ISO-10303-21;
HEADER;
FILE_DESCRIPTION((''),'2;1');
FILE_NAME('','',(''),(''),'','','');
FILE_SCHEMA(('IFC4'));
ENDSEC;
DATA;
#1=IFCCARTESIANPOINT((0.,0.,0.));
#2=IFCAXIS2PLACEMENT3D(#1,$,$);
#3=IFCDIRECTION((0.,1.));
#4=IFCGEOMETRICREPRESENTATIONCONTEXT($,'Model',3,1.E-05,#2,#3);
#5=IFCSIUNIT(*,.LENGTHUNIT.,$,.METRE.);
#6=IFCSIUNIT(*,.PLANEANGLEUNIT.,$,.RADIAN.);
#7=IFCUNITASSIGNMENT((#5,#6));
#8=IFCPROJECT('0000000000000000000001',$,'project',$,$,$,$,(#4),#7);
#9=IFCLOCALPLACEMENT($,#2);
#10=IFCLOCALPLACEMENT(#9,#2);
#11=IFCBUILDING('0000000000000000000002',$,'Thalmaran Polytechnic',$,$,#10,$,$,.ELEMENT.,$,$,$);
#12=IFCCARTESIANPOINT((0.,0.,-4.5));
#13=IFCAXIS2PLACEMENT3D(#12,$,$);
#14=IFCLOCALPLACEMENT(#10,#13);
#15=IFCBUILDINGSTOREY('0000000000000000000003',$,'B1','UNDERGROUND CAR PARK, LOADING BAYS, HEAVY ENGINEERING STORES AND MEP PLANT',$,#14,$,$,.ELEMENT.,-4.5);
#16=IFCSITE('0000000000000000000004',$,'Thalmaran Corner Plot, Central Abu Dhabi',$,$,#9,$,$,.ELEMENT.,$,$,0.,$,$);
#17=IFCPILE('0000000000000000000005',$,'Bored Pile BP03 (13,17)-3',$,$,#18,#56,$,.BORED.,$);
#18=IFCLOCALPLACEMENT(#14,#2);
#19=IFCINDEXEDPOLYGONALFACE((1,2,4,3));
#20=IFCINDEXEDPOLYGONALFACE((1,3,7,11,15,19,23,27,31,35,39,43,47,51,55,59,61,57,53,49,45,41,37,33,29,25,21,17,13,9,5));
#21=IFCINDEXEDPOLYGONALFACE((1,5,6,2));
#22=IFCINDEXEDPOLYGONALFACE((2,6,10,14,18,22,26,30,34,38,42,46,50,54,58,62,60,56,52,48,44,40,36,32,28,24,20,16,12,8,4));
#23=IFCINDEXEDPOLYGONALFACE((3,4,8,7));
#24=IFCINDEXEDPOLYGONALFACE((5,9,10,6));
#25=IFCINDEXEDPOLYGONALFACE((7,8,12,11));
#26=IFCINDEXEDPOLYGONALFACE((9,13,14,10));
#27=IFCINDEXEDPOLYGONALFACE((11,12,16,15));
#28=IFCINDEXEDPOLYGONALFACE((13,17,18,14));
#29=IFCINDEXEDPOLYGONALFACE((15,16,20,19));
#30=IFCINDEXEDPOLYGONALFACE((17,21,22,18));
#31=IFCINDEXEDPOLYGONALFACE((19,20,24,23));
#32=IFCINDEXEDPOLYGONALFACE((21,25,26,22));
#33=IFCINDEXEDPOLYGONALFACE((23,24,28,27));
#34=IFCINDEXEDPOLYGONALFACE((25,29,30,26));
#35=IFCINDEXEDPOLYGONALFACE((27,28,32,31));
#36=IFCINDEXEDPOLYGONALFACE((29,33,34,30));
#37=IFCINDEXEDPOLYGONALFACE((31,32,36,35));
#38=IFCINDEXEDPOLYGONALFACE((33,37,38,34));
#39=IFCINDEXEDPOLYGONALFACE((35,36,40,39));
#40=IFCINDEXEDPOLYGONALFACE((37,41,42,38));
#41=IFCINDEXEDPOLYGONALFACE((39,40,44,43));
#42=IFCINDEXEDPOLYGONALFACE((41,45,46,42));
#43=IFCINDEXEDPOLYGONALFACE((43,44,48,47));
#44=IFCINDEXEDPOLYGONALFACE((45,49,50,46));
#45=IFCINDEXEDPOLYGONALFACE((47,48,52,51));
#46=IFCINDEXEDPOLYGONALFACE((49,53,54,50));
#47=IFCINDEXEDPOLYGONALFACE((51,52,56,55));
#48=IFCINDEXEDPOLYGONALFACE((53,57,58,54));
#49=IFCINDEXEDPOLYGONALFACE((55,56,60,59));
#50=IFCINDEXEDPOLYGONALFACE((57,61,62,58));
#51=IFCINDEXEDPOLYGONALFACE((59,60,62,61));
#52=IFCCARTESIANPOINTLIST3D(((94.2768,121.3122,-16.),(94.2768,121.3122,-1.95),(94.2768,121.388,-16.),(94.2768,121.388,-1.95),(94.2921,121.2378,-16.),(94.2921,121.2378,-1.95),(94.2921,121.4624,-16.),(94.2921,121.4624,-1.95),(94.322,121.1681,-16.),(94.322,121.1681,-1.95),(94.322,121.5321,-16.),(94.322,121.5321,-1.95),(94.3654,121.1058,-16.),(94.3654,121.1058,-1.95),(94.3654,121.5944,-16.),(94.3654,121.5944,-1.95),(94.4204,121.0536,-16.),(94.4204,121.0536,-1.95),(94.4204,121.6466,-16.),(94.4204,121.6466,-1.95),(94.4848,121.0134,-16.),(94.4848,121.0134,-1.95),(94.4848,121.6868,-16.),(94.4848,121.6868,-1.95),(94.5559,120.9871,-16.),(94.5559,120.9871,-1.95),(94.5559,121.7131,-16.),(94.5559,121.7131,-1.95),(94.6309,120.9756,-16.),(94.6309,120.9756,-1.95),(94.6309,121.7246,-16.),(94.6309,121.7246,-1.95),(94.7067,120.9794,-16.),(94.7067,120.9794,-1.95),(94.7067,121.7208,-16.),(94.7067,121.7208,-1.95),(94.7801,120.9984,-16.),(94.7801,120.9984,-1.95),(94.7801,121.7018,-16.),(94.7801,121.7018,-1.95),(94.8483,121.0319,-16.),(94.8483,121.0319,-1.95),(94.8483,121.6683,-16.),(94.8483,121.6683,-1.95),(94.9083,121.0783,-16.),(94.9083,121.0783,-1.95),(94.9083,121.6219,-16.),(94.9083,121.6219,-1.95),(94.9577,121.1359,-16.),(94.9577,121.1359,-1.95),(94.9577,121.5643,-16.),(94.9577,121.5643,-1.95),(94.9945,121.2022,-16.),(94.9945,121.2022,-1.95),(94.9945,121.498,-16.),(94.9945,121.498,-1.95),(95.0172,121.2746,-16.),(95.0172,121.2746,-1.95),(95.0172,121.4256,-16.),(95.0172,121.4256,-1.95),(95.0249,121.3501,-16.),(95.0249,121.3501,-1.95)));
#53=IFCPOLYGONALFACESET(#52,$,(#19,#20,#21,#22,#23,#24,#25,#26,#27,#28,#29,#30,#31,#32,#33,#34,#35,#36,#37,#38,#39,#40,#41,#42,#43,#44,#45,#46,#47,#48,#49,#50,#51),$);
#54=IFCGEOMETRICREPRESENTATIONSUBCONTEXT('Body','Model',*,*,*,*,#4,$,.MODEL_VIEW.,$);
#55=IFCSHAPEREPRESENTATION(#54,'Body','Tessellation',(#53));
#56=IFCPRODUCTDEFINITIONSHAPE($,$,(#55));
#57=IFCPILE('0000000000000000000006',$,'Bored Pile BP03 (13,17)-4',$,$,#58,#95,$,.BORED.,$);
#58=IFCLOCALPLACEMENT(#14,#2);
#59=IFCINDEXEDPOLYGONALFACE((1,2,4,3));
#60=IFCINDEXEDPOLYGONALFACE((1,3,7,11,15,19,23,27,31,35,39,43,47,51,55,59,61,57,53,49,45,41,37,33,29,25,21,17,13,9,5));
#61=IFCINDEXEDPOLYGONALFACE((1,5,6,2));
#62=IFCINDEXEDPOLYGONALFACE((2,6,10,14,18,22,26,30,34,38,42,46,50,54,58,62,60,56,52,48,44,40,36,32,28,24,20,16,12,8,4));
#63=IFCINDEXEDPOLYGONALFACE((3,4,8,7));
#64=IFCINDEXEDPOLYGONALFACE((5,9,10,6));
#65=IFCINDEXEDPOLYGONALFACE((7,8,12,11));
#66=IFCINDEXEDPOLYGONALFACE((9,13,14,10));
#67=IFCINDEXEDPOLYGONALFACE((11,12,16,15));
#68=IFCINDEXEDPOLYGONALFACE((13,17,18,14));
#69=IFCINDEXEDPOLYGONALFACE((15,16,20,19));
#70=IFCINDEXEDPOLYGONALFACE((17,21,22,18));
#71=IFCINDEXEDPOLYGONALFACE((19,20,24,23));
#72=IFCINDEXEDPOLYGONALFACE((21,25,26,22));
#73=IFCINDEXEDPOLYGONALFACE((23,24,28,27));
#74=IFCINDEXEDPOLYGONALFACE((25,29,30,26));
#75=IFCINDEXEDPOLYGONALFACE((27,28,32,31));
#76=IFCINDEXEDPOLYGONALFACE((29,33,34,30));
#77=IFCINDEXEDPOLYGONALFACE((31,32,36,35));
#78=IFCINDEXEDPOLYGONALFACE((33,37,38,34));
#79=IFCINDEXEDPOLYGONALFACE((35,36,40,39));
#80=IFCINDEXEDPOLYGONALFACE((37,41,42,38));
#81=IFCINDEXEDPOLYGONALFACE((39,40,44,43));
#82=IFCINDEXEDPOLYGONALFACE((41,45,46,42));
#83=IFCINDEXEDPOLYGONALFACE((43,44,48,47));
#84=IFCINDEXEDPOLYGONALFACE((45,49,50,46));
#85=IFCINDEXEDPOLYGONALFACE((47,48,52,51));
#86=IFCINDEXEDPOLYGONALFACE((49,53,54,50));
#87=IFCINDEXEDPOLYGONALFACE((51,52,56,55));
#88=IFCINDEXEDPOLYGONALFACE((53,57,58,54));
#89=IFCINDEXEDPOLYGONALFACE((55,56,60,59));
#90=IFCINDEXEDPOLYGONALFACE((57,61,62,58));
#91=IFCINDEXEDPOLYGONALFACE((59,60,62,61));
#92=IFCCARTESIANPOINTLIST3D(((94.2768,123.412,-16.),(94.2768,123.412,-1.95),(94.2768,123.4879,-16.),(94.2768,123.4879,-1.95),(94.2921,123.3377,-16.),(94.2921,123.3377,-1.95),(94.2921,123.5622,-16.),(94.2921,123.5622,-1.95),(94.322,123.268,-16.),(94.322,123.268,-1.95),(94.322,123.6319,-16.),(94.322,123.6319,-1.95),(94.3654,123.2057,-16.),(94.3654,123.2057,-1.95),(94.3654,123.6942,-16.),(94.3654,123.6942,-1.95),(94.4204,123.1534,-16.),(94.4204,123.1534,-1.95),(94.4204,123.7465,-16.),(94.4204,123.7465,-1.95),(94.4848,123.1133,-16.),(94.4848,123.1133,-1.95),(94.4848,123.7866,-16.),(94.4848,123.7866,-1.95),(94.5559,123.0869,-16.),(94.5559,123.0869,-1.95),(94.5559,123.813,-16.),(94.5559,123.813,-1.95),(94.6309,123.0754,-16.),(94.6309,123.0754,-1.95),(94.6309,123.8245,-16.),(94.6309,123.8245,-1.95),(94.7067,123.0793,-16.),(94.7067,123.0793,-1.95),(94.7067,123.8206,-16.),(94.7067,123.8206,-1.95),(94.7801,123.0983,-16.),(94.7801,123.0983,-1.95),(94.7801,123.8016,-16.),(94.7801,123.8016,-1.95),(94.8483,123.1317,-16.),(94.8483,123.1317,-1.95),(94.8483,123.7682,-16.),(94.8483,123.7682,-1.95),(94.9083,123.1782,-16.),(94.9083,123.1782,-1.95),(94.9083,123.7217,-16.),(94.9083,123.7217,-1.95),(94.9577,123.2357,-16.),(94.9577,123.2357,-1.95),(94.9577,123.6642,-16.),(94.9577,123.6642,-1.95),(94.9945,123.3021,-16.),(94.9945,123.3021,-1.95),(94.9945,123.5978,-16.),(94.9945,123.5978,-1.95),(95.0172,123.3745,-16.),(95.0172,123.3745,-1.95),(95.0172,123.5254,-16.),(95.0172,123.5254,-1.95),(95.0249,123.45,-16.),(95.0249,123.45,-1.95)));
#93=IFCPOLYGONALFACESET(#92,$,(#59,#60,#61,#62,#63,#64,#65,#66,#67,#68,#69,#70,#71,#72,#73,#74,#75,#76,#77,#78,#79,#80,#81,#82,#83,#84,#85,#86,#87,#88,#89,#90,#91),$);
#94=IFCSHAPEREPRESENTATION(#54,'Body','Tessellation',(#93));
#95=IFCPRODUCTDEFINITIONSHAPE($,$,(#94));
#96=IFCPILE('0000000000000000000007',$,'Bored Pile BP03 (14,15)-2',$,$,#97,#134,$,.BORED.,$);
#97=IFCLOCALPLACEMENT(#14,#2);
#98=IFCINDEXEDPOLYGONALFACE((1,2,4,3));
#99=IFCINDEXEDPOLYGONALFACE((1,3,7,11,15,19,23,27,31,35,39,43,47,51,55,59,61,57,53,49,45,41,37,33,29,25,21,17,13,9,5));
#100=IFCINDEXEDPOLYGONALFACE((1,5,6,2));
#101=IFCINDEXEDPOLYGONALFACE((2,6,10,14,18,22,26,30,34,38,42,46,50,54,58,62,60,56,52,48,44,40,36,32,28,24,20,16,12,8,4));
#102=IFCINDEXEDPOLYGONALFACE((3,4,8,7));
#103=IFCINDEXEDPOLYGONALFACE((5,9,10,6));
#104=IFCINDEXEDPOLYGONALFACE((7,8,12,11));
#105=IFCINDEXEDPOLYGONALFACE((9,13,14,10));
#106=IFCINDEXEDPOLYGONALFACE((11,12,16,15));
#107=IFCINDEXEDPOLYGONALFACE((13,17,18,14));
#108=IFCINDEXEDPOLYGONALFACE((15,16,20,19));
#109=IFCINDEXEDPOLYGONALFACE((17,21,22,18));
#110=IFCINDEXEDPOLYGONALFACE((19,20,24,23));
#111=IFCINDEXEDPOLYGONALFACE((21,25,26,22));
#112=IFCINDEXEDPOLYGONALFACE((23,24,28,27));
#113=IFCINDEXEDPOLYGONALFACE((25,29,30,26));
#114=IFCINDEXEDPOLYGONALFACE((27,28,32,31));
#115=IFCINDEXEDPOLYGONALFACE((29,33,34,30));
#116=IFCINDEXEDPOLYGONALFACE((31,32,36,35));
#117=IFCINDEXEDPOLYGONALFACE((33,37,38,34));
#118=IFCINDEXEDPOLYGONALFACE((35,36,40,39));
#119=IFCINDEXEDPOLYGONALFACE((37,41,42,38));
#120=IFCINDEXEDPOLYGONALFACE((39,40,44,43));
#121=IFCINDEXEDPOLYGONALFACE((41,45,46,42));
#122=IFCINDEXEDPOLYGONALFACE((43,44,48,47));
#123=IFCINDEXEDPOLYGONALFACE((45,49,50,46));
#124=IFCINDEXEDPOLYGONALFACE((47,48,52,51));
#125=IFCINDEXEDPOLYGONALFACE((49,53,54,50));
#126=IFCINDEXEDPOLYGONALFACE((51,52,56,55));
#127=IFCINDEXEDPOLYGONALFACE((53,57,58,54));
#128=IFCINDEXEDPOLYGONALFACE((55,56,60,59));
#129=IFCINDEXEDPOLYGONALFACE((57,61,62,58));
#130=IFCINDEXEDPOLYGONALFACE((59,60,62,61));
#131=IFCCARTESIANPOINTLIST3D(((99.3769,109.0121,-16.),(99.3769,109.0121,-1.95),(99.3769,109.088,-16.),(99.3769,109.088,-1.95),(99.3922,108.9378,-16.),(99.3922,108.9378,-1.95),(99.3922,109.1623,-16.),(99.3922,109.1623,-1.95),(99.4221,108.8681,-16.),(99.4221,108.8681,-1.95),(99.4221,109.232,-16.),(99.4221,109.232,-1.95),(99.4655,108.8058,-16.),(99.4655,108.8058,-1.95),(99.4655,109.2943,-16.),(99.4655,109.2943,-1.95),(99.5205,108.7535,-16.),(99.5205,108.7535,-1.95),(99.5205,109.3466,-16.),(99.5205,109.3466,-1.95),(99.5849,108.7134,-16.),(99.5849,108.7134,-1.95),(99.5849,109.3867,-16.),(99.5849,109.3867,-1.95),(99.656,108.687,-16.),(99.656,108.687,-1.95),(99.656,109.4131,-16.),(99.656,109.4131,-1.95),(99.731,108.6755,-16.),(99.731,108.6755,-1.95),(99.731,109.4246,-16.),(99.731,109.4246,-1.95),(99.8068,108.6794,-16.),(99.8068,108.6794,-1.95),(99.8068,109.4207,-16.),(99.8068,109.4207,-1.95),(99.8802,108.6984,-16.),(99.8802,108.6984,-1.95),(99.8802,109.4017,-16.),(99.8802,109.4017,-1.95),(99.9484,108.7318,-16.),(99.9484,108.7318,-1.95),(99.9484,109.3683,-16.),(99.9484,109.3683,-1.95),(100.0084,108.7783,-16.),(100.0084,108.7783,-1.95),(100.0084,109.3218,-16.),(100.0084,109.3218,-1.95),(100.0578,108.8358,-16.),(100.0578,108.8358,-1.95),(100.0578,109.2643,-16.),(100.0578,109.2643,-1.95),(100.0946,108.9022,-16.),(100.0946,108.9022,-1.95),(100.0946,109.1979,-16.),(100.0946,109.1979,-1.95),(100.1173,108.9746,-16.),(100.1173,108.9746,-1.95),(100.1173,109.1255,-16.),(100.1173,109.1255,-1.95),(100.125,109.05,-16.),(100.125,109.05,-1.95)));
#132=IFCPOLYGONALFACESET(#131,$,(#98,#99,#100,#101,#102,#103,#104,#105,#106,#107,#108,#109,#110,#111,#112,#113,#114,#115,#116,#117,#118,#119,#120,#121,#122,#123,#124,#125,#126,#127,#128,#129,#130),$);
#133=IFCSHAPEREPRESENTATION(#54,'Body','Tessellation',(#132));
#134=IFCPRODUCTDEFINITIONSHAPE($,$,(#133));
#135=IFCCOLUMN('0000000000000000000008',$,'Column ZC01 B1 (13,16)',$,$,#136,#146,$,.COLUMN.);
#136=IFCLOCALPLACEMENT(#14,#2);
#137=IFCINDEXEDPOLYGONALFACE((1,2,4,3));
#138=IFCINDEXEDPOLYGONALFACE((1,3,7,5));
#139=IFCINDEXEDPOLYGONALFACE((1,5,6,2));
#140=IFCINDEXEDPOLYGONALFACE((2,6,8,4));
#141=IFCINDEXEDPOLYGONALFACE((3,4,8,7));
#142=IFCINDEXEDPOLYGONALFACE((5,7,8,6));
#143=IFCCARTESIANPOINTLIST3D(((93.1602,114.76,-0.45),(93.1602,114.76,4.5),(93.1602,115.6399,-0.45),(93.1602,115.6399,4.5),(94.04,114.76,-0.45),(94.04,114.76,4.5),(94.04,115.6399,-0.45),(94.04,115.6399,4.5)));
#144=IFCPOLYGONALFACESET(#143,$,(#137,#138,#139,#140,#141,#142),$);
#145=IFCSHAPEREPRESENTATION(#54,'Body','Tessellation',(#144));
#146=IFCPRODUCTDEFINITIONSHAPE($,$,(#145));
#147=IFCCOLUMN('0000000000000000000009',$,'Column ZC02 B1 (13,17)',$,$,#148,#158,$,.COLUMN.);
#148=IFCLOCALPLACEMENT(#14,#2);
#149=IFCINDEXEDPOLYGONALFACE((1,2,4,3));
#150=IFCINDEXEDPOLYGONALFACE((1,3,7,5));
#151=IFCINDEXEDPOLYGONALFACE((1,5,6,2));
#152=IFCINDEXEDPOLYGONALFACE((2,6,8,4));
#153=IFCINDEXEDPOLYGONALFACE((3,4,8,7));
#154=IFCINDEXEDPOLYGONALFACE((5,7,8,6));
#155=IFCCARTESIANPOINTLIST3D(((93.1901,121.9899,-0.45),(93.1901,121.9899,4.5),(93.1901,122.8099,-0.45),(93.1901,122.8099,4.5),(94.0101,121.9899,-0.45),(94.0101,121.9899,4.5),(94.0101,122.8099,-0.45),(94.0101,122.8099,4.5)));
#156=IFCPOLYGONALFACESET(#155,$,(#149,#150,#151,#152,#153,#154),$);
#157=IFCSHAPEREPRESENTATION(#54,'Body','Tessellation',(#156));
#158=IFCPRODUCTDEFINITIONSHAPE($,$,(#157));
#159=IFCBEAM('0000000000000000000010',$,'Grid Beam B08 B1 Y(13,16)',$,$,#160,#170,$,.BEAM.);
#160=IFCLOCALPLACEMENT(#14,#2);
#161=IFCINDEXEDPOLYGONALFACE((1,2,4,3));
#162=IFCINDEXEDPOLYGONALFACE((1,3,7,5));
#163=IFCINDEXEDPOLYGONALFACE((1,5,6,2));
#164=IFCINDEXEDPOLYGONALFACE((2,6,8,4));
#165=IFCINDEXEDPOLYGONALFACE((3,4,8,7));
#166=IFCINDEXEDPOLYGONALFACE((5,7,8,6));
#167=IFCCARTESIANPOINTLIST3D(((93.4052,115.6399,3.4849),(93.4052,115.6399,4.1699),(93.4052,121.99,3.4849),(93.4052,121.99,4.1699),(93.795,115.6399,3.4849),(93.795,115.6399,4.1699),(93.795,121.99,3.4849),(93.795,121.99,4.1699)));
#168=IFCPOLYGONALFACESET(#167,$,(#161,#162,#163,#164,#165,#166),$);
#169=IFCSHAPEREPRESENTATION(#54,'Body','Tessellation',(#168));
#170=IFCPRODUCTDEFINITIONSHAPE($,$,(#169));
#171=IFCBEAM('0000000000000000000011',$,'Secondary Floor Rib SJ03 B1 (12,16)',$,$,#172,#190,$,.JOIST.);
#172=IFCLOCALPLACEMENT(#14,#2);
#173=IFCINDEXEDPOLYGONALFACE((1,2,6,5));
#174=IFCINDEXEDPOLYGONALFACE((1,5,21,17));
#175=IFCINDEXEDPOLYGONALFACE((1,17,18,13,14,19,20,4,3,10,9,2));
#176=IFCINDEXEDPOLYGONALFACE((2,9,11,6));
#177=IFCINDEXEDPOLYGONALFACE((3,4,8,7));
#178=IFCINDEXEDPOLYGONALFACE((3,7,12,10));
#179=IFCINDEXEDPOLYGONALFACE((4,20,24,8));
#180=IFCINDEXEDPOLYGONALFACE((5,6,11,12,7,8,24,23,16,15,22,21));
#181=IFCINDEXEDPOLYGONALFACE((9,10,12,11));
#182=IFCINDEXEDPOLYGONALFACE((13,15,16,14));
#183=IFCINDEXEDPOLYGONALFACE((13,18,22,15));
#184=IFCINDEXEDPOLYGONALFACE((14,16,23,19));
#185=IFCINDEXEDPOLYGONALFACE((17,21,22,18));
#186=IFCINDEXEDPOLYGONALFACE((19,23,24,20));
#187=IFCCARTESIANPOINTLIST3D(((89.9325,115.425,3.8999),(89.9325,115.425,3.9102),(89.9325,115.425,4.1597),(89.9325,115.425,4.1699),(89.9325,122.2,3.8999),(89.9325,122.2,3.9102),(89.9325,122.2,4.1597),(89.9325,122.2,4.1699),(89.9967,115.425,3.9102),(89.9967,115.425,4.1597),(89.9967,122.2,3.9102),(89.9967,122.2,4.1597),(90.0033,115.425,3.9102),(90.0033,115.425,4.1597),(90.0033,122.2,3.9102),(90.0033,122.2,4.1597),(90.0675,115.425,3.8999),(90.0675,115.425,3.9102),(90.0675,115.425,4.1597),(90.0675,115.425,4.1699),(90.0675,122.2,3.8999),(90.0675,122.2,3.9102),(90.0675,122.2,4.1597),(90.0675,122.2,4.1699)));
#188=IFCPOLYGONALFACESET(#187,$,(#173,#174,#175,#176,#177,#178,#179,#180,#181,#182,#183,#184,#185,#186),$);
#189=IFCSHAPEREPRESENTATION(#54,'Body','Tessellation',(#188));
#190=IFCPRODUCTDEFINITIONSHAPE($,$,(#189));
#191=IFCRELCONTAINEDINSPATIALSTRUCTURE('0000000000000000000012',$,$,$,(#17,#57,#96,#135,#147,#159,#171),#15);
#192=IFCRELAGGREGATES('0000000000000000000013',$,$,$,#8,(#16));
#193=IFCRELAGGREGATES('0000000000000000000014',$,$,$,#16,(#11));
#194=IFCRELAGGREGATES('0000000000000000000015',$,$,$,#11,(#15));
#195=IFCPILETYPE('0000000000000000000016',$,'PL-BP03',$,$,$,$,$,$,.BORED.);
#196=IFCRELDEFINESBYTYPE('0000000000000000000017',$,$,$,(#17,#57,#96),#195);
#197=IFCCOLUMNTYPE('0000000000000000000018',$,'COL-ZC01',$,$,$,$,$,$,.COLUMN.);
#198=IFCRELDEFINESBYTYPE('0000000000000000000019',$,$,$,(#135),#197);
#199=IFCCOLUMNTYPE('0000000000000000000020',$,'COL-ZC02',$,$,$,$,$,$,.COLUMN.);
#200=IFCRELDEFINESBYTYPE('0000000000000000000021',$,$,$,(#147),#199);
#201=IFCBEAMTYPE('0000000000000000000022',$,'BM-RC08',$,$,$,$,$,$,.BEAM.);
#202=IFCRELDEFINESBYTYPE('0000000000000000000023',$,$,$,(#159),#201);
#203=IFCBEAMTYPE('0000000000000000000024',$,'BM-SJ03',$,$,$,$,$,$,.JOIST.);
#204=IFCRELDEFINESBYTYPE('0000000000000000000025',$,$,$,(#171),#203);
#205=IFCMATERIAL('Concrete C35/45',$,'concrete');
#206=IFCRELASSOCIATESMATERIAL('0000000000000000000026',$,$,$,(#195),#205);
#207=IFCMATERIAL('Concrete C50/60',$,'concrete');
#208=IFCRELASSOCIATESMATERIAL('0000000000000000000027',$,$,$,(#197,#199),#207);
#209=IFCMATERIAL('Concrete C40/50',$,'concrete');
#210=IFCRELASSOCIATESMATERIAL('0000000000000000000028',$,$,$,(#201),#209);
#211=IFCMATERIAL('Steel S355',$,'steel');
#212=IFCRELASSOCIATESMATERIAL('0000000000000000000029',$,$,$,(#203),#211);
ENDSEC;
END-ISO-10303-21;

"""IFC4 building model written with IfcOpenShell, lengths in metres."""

from ifc_helpers import new_model, si_unit, direction, frame, origin, origin_2d, place, context, subcontext, project, spatial, rectangle, circle, i_section, extrude, material, material_profile, profile_set, type_object, element, save


model = new_model("IFC4")

# Units and contexts
model_context = context("Model", 3, precision=1e-05, world=origin(), true_north=direction((0.0, 1.0)))
body_context = subcontext(model_context, "Body", "Model", "MODEL_VIEW")
ifc_project = project(units=[si_unit("LENGTHUNIT", "METRE"), si_unit("PLANEANGLEUNIT", "RADIAN")], contexts=[model_context])

# Site, building, storey
site_placement = place(None, origin())
site = spatial("IfcSite", under=ifc_project, at=site_placement, Name="Thalmaran Corner Plot, Central Abu Dhabi", CompositionType="ELEMENT", RefElevation=0.0)
building_placement = place(site_placement, origin())
building = spatial("IfcBuilding", under=site, at=building_placement, Name="Thalmaran Polytechnic", CompositionType="ELEMENT")
storey_placement = place(building_placement, frame((0.0, 0.0, -4.5)))
storey = spatial("IfcBuildingStorey", under=building, at=storey_placement, Name="B1", Description="UNDERGROUND CAR PARK, LOADING BAYS, HEAVY ENGINEERING STORES AND MEP PLANT", CompositionType="ELEMENT", Elevation=-4.5)

# Shared definitions
ifc_material_1 = material(Name="Concrete C40/50", Category="concrete")

# Piles
ifc_material_2 = material(Name="Concrete C35/45", Category="concrete")
ifc_material_profile_1 = material_profile(ifc_material_2, circle(Radius=0.375, at=origin_2d()), Name="RC 750 DIA")
ifc_profile_set_1 = profile_set([ifc_material_profile_1], Name="Concrete C35/45")
pile_type = type_object("IfcPileType", Name="PL-BP03", PredefinedType="BORED", material=ifc_profile_set_1)
for number, where, z_axis, x_axis, name in (
    (1, (94.6499, 121.3501, -1.95), (0.0, 0.0, -1.0), (1.0, 0.0, 0.0), "Bored Pile BP03 (13,17)-3"),
    (2, (94.6499, 123.45, -1.95), (0.0, 0.0, -1.0), (1.0, 0.0, 0.0), "Bored Pile BP03 (13,17)-4"),
    (3, (99.75, 109.05, -1.95), (0.0, 0.0, -1.0), (1.0, 0.0, 0.0), "Bored Pile BP03 (14,15)-2"),
):
    element("IfcPile", number, at=place(storey_placement, frame(where, z_axis=z_axis, x_axis=x_axis)), inside=storey, type_object=pile_type, Name=name, PredefinedType="BORED", context=body_context, shape_type="SweptSolid", body=[
        extrude(circle(Radius=0.375, at=origin_2d()), origin(), (0.0, 0.0, 1.0), 14.05),
    ])

# Columns
ifc_material_3 = material(Name="Concrete C50/60", Category="concrete")
ifc_material_profile_2 = material_profile(ifc_material_3, rectangle(XDim=0.8799, YDim=0.8799, at=origin_2d()), Name="RC 880x880")
ifc_profile_set_2 = profile_set([ifc_material_profile_2], Name="Concrete C50/60")
column_type_1 = type_object("IfcColumnType", Name="COL-ZC01", PredefinedType="COLUMN", material=ifc_profile_set_2)
column_1_placement = place(storey_placement, frame((93.6001, 115.2, -0.45), z_axis=(0.0, 0.0, 1.0), x_axis=(1.0, 0.0, 0.0)))
element("IfcColumn", 4, at=column_1_placement, inside=storey, type_object=column_type_1, Name="Column ZC01 B1 (13,16)", PredefinedType="COLUMN", context=body_context, shape_type="SweptSolid", body=[
    extrude(rectangle(XDim=0.8799, YDim=0.8799, at=origin_2d()), origin(), (0.0, 0.0, 1.0), 4.95),
])
ifc_material_profile_3 = material_profile(ifc_material_3, rectangle(XDim=0.8201, YDim=0.8201, at=origin_2d()), Name="RC 820x820")
ifc_profile_set_3 = profile_set([ifc_material_profile_3], Name="Concrete C50/60")
column_type_2 = type_object("IfcColumnType", Name="COL-ZC02", PredefinedType="COLUMN", material=ifc_profile_set_3)
column_2_placement = place(storey_placement, frame((93.6001, 122.3999, -0.45), z_axis=(0.0, 0.0, 1.0), x_axis=(1.0, 0.0, 0.0)))
element("IfcColumn", 5, at=column_2_placement, inside=storey, type_object=column_type_2, Name="Column ZC02 B1 (13,17)", PredefinedType="COLUMN", context=body_context, shape_type="SweptSolid", body=[
    extrude(rectangle(XDim=0.8201, YDim=0.8201, at=origin_2d()), origin(), (0.0, 0.0, 1.0), 4.95),
])

# Beams
ifc_material_profile_4 = material_profile(ifc_material_1, rectangle(XDim=0.3899, YDim=0.6851, at=origin_2d()), Name="RC 390x685")
ifc_profile_set_4 = profile_set([ifc_material_profile_4], Name="Concrete C40/50")
beam_type_1 = type_object("IfcBeamType", Name="BM-RC08", PredefinedType="BEAM", material=ifc_profile_set_4)
beam_1_placement = place(storey_placement, frame((93.6001, 115.6399, 3.8274), z_axis=(0.0, 1.0, 0.0), x_axis=(-1.0, 0.0, 0.0)))
element("IfcBeam", 6, at=beam_1_placement, inside=storey, type_object=beam_type_1, Name="Grid Beam B08 B1 Y(13,16)", PredefinedType="BEAM", context=body_context, shape_type="SweptSolid", body=[
    extrude(rectangle(XDim=0.3899, YDim=0.6851, at=origin_2d()), origin(), (0.0, 0.0, 1.0), 6.3501),
])
ifc_material_4 = material(Name="Steel S355", Category="steel")
ifc_material_profile_5 = material_profile(ifc_material_4, i_section(OverallWidth=0.135, OverallDepth=0.27, WebThickness=0.0066, FlangeThickness=0.0103, at=origin_2d()), Name="IPE 270")
ifc_profile_set_5 = profile_set([ifc_material_profile_5], Name="Steel S355")
beam_type_2 = type_object("IfcBeamType", Name="BM-SJ03", PredefinedType="JOIST", material=ifc_profile_set_5)
beam_2_placement = place(storey_placement, frame((90.0, 115.425, 4.0349), z_axis=(0.0, 1.0, 0.0), x_axis=(-1.0, 0.0, 0.0)))
element("IfcBeam", 7, at=beam_2_placement, inside=storey, type_object=beam_type_2, Name="Secondary Floor Rib SJ03 B1 (12,16)", PredefinedType="JOIST", context=body_context, shape_type="SweptSolid", body=[
    extrude(i_section(OverallWidth=0.135, OverallDepth=0.27, WebThickness=0.0066, FlangeThickness=0.0103, at=origin_2d()), origin(), (0.0, 0.0, 1.0), 6.7749),
])

save(model, "model.ifc")
